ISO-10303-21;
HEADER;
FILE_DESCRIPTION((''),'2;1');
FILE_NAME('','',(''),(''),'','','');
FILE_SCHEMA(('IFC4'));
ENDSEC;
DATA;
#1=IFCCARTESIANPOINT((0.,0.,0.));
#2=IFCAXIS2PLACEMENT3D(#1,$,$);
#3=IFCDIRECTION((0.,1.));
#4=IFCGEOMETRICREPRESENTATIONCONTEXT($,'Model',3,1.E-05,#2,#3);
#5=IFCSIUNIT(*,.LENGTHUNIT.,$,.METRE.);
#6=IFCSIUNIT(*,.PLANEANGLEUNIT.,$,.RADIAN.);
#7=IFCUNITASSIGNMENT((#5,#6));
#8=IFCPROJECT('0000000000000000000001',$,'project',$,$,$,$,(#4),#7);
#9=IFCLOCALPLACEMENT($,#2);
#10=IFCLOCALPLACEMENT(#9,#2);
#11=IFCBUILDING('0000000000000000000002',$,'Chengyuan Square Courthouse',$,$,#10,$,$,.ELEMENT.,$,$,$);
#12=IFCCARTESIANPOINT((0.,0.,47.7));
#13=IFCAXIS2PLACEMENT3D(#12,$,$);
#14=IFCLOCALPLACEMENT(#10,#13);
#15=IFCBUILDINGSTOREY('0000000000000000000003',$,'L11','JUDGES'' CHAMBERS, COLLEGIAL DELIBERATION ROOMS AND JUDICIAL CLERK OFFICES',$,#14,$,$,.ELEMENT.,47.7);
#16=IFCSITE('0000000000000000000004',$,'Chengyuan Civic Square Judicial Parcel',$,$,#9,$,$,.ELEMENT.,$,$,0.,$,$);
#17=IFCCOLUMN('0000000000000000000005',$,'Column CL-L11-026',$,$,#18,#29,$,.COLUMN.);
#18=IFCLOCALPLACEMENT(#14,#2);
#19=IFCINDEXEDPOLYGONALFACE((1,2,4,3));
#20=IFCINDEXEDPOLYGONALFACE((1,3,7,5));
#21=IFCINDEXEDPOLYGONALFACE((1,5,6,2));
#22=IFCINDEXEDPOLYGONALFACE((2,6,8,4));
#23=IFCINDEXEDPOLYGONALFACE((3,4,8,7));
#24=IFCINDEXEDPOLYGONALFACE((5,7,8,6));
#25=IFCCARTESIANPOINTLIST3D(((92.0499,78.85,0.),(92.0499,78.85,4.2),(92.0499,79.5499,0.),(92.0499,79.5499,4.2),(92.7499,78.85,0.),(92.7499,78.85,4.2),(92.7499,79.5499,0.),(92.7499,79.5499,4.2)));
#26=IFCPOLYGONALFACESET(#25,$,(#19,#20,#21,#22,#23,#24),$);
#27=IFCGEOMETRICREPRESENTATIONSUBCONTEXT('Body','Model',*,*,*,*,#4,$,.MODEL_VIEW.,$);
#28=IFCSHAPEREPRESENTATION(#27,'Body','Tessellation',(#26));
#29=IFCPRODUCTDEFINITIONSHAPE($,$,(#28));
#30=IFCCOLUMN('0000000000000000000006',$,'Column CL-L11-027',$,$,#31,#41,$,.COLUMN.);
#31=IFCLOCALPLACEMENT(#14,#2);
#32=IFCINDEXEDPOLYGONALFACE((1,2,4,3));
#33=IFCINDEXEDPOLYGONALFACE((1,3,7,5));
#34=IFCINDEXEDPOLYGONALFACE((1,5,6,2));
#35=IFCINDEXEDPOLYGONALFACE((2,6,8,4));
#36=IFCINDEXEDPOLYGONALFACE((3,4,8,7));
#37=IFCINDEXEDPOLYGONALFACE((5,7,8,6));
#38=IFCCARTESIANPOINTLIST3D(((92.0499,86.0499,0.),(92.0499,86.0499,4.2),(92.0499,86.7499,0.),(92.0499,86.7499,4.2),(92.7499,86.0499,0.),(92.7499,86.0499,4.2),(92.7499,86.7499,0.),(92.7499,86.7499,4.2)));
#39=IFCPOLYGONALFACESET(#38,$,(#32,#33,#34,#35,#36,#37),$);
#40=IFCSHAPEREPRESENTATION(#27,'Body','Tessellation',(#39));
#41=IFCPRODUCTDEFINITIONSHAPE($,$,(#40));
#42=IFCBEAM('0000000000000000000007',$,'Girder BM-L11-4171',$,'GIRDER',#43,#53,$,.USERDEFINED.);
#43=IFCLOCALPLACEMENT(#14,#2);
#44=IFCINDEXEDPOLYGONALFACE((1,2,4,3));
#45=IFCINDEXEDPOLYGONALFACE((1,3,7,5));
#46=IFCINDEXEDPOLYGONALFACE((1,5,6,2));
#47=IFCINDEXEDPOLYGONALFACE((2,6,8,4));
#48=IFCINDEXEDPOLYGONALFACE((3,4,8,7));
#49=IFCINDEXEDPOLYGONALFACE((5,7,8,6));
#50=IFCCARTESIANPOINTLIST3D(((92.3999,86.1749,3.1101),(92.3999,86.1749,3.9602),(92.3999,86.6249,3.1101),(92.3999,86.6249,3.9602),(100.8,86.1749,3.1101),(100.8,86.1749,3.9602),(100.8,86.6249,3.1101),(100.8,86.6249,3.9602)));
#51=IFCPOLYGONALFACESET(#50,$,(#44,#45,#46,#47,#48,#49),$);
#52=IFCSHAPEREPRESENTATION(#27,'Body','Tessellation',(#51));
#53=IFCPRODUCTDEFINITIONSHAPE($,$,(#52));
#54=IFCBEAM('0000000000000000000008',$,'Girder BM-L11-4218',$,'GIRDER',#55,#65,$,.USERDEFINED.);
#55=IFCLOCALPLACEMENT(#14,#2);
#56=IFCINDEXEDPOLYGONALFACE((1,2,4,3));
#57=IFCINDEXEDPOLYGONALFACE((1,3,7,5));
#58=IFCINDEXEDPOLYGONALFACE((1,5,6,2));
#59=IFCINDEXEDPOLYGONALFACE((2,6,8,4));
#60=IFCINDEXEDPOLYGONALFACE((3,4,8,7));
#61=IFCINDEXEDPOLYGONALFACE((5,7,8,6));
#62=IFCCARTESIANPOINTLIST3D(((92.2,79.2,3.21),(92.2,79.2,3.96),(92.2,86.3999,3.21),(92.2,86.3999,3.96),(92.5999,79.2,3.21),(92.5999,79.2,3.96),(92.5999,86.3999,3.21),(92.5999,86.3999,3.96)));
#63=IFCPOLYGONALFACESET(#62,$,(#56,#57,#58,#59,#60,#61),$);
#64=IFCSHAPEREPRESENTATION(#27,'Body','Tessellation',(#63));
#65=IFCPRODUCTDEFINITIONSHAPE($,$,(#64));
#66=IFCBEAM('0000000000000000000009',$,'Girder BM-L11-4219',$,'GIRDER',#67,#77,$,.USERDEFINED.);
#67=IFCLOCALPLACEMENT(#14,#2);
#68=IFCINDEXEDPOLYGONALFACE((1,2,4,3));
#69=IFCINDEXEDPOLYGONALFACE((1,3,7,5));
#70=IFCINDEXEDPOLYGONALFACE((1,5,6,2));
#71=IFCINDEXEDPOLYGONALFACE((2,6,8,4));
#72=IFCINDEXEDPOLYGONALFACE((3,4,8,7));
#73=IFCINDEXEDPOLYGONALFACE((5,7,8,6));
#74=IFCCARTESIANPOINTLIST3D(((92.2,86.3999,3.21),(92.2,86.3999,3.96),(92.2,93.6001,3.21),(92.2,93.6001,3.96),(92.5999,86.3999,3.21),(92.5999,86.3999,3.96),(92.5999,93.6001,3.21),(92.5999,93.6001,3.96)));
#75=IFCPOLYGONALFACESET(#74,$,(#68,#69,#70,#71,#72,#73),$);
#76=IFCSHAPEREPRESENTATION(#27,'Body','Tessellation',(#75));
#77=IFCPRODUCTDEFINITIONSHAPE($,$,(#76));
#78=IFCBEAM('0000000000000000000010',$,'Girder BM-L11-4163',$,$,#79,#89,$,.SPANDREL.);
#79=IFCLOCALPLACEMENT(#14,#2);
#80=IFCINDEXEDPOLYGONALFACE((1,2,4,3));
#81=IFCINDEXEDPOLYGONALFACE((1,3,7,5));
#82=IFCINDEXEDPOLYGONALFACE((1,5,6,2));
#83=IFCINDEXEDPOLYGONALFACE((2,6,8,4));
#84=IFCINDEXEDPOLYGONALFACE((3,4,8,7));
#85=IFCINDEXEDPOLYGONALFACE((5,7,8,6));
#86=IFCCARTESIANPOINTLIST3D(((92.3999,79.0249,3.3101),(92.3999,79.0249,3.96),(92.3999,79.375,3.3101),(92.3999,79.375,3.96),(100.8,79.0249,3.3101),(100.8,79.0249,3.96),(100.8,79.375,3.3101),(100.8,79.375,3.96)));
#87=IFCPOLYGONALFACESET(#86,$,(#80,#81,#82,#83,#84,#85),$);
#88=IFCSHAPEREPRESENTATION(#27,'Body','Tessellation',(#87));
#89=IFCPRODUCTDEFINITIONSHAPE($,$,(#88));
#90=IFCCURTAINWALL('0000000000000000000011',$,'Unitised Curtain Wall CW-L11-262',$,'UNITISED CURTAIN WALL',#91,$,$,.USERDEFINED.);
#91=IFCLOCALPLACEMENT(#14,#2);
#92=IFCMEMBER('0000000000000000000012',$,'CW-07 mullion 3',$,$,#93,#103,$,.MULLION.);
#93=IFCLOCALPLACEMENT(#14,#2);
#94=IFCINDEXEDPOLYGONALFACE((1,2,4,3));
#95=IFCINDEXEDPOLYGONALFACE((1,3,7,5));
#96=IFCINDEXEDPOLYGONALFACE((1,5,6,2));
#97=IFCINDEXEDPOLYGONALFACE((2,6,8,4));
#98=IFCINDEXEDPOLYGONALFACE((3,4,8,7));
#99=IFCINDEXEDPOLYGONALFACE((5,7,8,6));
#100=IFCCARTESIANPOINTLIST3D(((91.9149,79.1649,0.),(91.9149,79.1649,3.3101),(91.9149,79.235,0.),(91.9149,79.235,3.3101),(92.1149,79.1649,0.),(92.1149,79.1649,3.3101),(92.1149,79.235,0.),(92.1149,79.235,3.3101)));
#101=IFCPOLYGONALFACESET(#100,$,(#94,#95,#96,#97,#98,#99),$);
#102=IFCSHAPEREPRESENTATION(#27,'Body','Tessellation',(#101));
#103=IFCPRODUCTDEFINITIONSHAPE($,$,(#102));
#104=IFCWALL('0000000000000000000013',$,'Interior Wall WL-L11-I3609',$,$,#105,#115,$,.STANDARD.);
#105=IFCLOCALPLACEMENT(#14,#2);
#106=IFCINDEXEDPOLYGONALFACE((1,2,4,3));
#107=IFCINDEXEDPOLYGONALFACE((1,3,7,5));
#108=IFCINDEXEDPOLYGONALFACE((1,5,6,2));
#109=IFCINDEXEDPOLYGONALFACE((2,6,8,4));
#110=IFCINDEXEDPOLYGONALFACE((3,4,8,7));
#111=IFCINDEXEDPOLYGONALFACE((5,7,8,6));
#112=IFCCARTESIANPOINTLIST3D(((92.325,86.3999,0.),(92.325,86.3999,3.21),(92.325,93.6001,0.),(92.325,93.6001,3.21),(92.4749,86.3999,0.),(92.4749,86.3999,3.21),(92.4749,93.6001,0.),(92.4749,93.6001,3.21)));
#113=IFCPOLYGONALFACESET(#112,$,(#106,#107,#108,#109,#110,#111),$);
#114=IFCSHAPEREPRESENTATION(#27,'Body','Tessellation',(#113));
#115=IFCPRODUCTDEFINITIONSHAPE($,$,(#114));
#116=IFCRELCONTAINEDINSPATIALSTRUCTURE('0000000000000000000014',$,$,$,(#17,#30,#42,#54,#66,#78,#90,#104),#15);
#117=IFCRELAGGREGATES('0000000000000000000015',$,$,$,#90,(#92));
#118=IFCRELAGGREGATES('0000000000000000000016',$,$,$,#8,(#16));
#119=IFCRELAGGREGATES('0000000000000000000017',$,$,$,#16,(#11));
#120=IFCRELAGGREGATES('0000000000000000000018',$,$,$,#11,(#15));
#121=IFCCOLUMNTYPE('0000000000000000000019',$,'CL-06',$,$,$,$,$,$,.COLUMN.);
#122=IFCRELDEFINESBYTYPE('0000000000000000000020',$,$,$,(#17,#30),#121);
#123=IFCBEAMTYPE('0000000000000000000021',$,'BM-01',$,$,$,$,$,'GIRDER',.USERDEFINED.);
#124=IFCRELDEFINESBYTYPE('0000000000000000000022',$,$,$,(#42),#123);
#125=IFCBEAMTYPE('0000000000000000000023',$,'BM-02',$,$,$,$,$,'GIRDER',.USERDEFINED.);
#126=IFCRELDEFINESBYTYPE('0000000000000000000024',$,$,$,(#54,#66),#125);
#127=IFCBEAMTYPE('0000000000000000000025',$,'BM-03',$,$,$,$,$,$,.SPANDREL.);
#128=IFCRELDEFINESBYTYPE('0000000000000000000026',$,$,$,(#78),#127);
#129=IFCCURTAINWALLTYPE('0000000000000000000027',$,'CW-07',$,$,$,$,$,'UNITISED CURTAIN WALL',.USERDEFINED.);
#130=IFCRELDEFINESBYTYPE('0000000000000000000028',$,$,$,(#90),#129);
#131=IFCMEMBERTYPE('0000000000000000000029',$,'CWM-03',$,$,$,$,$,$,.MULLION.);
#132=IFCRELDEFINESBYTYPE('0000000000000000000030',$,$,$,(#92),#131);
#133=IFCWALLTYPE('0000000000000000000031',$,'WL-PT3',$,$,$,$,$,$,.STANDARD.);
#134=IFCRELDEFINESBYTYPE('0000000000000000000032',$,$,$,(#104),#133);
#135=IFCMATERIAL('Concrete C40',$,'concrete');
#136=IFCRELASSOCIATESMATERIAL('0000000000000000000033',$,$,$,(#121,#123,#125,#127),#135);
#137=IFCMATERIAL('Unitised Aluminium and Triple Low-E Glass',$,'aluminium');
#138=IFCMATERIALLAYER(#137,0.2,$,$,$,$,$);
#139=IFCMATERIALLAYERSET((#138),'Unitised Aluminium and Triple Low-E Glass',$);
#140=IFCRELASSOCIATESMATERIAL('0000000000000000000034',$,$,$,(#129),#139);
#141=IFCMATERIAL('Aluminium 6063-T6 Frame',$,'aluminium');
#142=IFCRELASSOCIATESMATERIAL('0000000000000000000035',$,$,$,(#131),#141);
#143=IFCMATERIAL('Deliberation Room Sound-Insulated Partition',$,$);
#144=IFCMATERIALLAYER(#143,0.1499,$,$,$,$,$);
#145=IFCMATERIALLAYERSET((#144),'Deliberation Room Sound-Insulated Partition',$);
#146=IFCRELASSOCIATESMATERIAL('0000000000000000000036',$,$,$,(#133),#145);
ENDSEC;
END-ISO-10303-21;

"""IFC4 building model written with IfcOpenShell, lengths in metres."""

from ifc_helpers import new_model, si_unit, direction, frame, frame_2d, origin, origin_2d, place, context, subcontext, project, spatial, rectangle, extrude, material, layer, layer_set, material_profile, profile_set, type_object, element, aggregate, save


model = new_model("IFC4")

# Units and contexts
model_context = context("Model", 3, precision=1e-05, world=origin(), true_north=direction((0.0, 1.0)))
body_context = subcontext(model_context, "Body", "Model", "MODEL_VIEW")
ifc_project = project(units=[si_unit("LENGTHUNIT", "METRE"), si_unit("PLANEANGLEUNIT", "RADIAN")], contexts=[model_context])

# Site, building, storey
site_placement = place(None, origin())
site = spatial("IfcSite", under=ifc_project, at=site_placement, Name="Chengyuan Civic Square Judicial Parcel", CompositionType="ELEMENT", RefElevation=0.0)
building_placement = place(site_placement, origin())
building = spatial("IfcBuilding", under=site, at=building_placement, Name="Chengyuan Square Courthouse", CompositionType="ELEMENT")
storey_placement = place(building_placement, frame((0.0, 0.0, 47.7)))
storey = spatial("IfcBuildingStorey", under=building, at=storey_placement, Name="L11", Description="JUDGES' CHAMBERS, COLLEGIAL DELIBERATION ROOMS AND JUDICIAL CLERK OFFICES", CompositionType="ELEMENT", Elevation=47.7)

# Columns
ifc_material_1 = material(Name="Concrete C40", Category="concrete")
ifc_material_profile_1 = material_profile(ifc_material_1, rectangle(XDim=0.7, YDim=0.7, at=origin_2d()), Name="RC-COL-700x700")
ifc_profile_set_1 = profile_set([ifc_material_profile_1], Name="Concrete C40")
column_type = type_object("IfcColumnType", Name="CL-06", PredefinedType="COLUMN", material=ifc_profile_set_1)
for number, where, z_axis, x_axis, name in (
    (1, (92.3999, 79.2, 0.0), (0.0, 0.0, 1.0), (1.0, 0.0, 0.0), "Column CL-L11-026"),
    (2, (92.3999, 86.3999, 0.0), (0.0, 0.0, 1.0), (1.0, 0.0, 0.0), "Column CL-L11-027"),
):
    element("IfcColumn", number, at=place(storey_placement, frame(where, z_axis=z_axis, x_axis=x_axis)), inside=storey, type_object=column_type, Name=name, PredefinedType="COLUMN", context=body_context, shape_type="SweptSolid", body=[
        extrude(rectangle(XDim=0.7, YDim=0.7, at=origin_2d()), origin(), (0.0, 0.0, 1.0), 4.2),
    ])

# Beams
ifc_material_profile_2 = material_profile(ifc_material_1, rectangle(XDim=0.45, YDim=0.8501, at=origin_2d()), Name="RC-BM-450x850")
ifc_profile_set_2 = profile_set([ifc_material_profile_2], Name="Concrete C40")
beam_type_1 = type_object("IfcBeamType", Name="BM-01", ElementType="GIRDER", PredefinedType="USERDEFINED", material=ifc_profile_set_2)
beam_1_placement = place(storey_placement, frame((92.3999, 86.3999, 3.5352), z_axis=(1.0, 0.0, 0.0), x_axis=(0.0, 1.0, 0.0)))
element("IfcBeam", 3, at=beam_1_placement, inside=storey, type_object=beam_type_1, Name="Girder BM-L11-4171", ObjectType="GIRDER", PredefinedType="USERDEFINED", context=body_context, shape_type="SweptSolid", body=[
    extrude(rectangle(XDim=0.45, YDim=0.8501, at=origin_2d()), origin(), (0.0, 0.0, 1.0), 8.4001),
])
ifc_material_profile_3 = material_profile(ifc_material_1, rectangle(XDim=0.3999, YDim=0.75, at=origin_2d()), Name="RC-BM-400x750")
ifc_profile_set_3 = profile_set([ifc_material_profile_3], Name="Concrete C40")
beam_type_2 = type_object("IfcBeamType", Name="BM-02", ElementType="GIRDER", PredefinedType="USERDEFINED", material=ifc_profile_set_3)
beam_2_placement = place(storey_placement, frame((92.3999, 79.2, 3.585), z_axis=(0.0, 1.0, 0.0), x_axis=(-1.0, 0.0, 0.0)))
element("IfcBeam", 4, at=beam_2_placement, inside=storey, type_object=beam_type_2, Name="Girder BM-L11-4218", ObjectType="GIRDER", PredefinedType="USERDEFINED", context=body_context, shape_type="SweptSolid", body=[
    extrude(rectangle(XDim=0.3999, YDim=0.75, at=origin_2d()), origin(), (0.0, 0.0, 1.0), 7.2),
])
beam_3_placement = place(storey_placement, frame((92.3999, 86.3999, 3.585), z_axis=(0.0, 1.0, 0.0), x_axis=(-1.0, 0.0, 0.0)))
element("IfcBeam", 5, at=beam_3_placement, inside=storey, type_object=beam_type_2, Name="Girder BM-L11-4219", ObjectType="GIRDER", PredefinedType="USERDEFINED", context=body_context, shape_type="SweptSolid", body=[
    extrude(rectangle(XDim=0.3999, YDim=0.75, at=origin_2d()), origin(), (0.0, 0.0, 1.0), 7.2002),
])
ifc_material_profile_4 = material_profile(ifc_material_1, rectangle(XDim=0.3501, YDim=0.6499, at=origin_2d()), Name="RC-BM-350x650")
ifc_profile_set_4 = profile_set([ifc_material_profile_4], Name="Concrete C40")
beam_type_3 = type_object("IfcBeamType", Name="BM-03", PredefinedType="SPANDREL", material=ifc_profile_set_4)
beam_4_placement = place(storey_placement, frame((92.3999, 79.2, 3.635), z_axis=(1.0, 0.0, 0.0), x_axis=(0.0, 1.0, 0.0)))
element("IfcBeam", 6, at=beam_4_placement, inside=storey, type_object=beam_type_3, Name="Girder BM-L11-4163", PredefinedType="SPANDREL", context=body_context, shape_type="SweptSolid", body=[
    extrude(rectangle(XDim=0.3501, YDim=0.6499, at=origin_2d()), origin(), (0.0, 0.0, 1.0), 8.4001),
])

# Curtain wall, member
ifc_material_2 = material(Name="Unitised Aluminium and Triple Low-E Glass", Category="aluminium")
ifc_layer_1 = layer(ifc_material_2, 0.2)
ifc_layer_set_1 = layer_set([ifc_layer_1], Name="Unitised Aluminium and Triple Low-E Glass")
curtain_wall_type = type_object("IfcCurtainWallType", Name="CW-07", ElementType="UNITISED CURTAIN WALL", PredefinedType="USERDEFINED", material=ifc_layer_set_1)
curtain_wall_placement = place(storey_placement, origin())
curtain_wall = element("IfcCurtainWall", 7, at=curtain_wall_placement, inside=storey, type_object=curtain_wall_type, Name="Unitised Curtain Wall CW-L11-262", ObjectType="UNITISED CURTAIN WALL", PredefinedType="USERDEFINED")
ifc_material_3 = material(Name="Aluminium 6063-T6 Frame", Category="aluminium")
ifc_material_profile_5 = material_profile(ifc_material_3, rectangle(XDim=0.0701, YDim=0.2, at=origin_2d()), Name="CW-MUL-70x200")
ifc_profile_set_5 = profile_set([ifc_material_profile_5], Name="Aluminium 6063-T6 Frame")
member_type = type_object("IfcMemberType", Name="CWM-03", PredefinedType="MULLION", material=ifc_profile_set_5)
member_placement = place(storey_placement, frame((92.0149, 79.2, 0.0), z_axis=(0.0, 0.0, 1.0), x_axis=(0.0, 1.0, 0.0)))
member = element("IfcMember", 8, at=member_placement, type_object=member_type, Name="CW-07 mullion 3", PredefinedType="MULLION", context=body_context, shape_type="SweptSolid", body=[
    extrude(rectangle(XDim=0.0701, YDim=0.2, at=origin_2d()), origin(), (0.0, 0.0, 1.0), 3.3101),
])
aggregate(curtain_wall, [member])

# Wall
ifc_material_4 = material(Name="Deliberation Room Sound-Insulated Partition")
ifc_layer_2 = layer(ifc_material_4, 0.1499)
ifc_layer_set_2 = layer_set([ifc_layer_2], Name="Deliberation Room Sound-Insulated Partition")
wall_type_1 = type_object("IfcWallType", Name="WL-PT3", PredefinedType="STANDARD", material=ifc_layer_set_2)
wall_1_placement = place(storey_placement, frame((92.3999, 86.3999, 0.0), z_axis=(0.0, 0.0, 1.0), x_axis=(0.0, 1.0, 0.0)))
element("IfcWall", 9, at=wall_1_placement, inside=storey, type_object=wall_type_1, Name="Interior Wall WL-L11-I3609", PredefinedType="STANDARD", context=body_context, shape_type="SweptSolid", body=[
    extrude(rectangle(XDim=7.2002, YDim=0.1499, at=frame_2d((3.6001, 0.0))), origin(), (0.0, 0.0, 1.0), 3.21),
])

save(model, "model.ifc")
